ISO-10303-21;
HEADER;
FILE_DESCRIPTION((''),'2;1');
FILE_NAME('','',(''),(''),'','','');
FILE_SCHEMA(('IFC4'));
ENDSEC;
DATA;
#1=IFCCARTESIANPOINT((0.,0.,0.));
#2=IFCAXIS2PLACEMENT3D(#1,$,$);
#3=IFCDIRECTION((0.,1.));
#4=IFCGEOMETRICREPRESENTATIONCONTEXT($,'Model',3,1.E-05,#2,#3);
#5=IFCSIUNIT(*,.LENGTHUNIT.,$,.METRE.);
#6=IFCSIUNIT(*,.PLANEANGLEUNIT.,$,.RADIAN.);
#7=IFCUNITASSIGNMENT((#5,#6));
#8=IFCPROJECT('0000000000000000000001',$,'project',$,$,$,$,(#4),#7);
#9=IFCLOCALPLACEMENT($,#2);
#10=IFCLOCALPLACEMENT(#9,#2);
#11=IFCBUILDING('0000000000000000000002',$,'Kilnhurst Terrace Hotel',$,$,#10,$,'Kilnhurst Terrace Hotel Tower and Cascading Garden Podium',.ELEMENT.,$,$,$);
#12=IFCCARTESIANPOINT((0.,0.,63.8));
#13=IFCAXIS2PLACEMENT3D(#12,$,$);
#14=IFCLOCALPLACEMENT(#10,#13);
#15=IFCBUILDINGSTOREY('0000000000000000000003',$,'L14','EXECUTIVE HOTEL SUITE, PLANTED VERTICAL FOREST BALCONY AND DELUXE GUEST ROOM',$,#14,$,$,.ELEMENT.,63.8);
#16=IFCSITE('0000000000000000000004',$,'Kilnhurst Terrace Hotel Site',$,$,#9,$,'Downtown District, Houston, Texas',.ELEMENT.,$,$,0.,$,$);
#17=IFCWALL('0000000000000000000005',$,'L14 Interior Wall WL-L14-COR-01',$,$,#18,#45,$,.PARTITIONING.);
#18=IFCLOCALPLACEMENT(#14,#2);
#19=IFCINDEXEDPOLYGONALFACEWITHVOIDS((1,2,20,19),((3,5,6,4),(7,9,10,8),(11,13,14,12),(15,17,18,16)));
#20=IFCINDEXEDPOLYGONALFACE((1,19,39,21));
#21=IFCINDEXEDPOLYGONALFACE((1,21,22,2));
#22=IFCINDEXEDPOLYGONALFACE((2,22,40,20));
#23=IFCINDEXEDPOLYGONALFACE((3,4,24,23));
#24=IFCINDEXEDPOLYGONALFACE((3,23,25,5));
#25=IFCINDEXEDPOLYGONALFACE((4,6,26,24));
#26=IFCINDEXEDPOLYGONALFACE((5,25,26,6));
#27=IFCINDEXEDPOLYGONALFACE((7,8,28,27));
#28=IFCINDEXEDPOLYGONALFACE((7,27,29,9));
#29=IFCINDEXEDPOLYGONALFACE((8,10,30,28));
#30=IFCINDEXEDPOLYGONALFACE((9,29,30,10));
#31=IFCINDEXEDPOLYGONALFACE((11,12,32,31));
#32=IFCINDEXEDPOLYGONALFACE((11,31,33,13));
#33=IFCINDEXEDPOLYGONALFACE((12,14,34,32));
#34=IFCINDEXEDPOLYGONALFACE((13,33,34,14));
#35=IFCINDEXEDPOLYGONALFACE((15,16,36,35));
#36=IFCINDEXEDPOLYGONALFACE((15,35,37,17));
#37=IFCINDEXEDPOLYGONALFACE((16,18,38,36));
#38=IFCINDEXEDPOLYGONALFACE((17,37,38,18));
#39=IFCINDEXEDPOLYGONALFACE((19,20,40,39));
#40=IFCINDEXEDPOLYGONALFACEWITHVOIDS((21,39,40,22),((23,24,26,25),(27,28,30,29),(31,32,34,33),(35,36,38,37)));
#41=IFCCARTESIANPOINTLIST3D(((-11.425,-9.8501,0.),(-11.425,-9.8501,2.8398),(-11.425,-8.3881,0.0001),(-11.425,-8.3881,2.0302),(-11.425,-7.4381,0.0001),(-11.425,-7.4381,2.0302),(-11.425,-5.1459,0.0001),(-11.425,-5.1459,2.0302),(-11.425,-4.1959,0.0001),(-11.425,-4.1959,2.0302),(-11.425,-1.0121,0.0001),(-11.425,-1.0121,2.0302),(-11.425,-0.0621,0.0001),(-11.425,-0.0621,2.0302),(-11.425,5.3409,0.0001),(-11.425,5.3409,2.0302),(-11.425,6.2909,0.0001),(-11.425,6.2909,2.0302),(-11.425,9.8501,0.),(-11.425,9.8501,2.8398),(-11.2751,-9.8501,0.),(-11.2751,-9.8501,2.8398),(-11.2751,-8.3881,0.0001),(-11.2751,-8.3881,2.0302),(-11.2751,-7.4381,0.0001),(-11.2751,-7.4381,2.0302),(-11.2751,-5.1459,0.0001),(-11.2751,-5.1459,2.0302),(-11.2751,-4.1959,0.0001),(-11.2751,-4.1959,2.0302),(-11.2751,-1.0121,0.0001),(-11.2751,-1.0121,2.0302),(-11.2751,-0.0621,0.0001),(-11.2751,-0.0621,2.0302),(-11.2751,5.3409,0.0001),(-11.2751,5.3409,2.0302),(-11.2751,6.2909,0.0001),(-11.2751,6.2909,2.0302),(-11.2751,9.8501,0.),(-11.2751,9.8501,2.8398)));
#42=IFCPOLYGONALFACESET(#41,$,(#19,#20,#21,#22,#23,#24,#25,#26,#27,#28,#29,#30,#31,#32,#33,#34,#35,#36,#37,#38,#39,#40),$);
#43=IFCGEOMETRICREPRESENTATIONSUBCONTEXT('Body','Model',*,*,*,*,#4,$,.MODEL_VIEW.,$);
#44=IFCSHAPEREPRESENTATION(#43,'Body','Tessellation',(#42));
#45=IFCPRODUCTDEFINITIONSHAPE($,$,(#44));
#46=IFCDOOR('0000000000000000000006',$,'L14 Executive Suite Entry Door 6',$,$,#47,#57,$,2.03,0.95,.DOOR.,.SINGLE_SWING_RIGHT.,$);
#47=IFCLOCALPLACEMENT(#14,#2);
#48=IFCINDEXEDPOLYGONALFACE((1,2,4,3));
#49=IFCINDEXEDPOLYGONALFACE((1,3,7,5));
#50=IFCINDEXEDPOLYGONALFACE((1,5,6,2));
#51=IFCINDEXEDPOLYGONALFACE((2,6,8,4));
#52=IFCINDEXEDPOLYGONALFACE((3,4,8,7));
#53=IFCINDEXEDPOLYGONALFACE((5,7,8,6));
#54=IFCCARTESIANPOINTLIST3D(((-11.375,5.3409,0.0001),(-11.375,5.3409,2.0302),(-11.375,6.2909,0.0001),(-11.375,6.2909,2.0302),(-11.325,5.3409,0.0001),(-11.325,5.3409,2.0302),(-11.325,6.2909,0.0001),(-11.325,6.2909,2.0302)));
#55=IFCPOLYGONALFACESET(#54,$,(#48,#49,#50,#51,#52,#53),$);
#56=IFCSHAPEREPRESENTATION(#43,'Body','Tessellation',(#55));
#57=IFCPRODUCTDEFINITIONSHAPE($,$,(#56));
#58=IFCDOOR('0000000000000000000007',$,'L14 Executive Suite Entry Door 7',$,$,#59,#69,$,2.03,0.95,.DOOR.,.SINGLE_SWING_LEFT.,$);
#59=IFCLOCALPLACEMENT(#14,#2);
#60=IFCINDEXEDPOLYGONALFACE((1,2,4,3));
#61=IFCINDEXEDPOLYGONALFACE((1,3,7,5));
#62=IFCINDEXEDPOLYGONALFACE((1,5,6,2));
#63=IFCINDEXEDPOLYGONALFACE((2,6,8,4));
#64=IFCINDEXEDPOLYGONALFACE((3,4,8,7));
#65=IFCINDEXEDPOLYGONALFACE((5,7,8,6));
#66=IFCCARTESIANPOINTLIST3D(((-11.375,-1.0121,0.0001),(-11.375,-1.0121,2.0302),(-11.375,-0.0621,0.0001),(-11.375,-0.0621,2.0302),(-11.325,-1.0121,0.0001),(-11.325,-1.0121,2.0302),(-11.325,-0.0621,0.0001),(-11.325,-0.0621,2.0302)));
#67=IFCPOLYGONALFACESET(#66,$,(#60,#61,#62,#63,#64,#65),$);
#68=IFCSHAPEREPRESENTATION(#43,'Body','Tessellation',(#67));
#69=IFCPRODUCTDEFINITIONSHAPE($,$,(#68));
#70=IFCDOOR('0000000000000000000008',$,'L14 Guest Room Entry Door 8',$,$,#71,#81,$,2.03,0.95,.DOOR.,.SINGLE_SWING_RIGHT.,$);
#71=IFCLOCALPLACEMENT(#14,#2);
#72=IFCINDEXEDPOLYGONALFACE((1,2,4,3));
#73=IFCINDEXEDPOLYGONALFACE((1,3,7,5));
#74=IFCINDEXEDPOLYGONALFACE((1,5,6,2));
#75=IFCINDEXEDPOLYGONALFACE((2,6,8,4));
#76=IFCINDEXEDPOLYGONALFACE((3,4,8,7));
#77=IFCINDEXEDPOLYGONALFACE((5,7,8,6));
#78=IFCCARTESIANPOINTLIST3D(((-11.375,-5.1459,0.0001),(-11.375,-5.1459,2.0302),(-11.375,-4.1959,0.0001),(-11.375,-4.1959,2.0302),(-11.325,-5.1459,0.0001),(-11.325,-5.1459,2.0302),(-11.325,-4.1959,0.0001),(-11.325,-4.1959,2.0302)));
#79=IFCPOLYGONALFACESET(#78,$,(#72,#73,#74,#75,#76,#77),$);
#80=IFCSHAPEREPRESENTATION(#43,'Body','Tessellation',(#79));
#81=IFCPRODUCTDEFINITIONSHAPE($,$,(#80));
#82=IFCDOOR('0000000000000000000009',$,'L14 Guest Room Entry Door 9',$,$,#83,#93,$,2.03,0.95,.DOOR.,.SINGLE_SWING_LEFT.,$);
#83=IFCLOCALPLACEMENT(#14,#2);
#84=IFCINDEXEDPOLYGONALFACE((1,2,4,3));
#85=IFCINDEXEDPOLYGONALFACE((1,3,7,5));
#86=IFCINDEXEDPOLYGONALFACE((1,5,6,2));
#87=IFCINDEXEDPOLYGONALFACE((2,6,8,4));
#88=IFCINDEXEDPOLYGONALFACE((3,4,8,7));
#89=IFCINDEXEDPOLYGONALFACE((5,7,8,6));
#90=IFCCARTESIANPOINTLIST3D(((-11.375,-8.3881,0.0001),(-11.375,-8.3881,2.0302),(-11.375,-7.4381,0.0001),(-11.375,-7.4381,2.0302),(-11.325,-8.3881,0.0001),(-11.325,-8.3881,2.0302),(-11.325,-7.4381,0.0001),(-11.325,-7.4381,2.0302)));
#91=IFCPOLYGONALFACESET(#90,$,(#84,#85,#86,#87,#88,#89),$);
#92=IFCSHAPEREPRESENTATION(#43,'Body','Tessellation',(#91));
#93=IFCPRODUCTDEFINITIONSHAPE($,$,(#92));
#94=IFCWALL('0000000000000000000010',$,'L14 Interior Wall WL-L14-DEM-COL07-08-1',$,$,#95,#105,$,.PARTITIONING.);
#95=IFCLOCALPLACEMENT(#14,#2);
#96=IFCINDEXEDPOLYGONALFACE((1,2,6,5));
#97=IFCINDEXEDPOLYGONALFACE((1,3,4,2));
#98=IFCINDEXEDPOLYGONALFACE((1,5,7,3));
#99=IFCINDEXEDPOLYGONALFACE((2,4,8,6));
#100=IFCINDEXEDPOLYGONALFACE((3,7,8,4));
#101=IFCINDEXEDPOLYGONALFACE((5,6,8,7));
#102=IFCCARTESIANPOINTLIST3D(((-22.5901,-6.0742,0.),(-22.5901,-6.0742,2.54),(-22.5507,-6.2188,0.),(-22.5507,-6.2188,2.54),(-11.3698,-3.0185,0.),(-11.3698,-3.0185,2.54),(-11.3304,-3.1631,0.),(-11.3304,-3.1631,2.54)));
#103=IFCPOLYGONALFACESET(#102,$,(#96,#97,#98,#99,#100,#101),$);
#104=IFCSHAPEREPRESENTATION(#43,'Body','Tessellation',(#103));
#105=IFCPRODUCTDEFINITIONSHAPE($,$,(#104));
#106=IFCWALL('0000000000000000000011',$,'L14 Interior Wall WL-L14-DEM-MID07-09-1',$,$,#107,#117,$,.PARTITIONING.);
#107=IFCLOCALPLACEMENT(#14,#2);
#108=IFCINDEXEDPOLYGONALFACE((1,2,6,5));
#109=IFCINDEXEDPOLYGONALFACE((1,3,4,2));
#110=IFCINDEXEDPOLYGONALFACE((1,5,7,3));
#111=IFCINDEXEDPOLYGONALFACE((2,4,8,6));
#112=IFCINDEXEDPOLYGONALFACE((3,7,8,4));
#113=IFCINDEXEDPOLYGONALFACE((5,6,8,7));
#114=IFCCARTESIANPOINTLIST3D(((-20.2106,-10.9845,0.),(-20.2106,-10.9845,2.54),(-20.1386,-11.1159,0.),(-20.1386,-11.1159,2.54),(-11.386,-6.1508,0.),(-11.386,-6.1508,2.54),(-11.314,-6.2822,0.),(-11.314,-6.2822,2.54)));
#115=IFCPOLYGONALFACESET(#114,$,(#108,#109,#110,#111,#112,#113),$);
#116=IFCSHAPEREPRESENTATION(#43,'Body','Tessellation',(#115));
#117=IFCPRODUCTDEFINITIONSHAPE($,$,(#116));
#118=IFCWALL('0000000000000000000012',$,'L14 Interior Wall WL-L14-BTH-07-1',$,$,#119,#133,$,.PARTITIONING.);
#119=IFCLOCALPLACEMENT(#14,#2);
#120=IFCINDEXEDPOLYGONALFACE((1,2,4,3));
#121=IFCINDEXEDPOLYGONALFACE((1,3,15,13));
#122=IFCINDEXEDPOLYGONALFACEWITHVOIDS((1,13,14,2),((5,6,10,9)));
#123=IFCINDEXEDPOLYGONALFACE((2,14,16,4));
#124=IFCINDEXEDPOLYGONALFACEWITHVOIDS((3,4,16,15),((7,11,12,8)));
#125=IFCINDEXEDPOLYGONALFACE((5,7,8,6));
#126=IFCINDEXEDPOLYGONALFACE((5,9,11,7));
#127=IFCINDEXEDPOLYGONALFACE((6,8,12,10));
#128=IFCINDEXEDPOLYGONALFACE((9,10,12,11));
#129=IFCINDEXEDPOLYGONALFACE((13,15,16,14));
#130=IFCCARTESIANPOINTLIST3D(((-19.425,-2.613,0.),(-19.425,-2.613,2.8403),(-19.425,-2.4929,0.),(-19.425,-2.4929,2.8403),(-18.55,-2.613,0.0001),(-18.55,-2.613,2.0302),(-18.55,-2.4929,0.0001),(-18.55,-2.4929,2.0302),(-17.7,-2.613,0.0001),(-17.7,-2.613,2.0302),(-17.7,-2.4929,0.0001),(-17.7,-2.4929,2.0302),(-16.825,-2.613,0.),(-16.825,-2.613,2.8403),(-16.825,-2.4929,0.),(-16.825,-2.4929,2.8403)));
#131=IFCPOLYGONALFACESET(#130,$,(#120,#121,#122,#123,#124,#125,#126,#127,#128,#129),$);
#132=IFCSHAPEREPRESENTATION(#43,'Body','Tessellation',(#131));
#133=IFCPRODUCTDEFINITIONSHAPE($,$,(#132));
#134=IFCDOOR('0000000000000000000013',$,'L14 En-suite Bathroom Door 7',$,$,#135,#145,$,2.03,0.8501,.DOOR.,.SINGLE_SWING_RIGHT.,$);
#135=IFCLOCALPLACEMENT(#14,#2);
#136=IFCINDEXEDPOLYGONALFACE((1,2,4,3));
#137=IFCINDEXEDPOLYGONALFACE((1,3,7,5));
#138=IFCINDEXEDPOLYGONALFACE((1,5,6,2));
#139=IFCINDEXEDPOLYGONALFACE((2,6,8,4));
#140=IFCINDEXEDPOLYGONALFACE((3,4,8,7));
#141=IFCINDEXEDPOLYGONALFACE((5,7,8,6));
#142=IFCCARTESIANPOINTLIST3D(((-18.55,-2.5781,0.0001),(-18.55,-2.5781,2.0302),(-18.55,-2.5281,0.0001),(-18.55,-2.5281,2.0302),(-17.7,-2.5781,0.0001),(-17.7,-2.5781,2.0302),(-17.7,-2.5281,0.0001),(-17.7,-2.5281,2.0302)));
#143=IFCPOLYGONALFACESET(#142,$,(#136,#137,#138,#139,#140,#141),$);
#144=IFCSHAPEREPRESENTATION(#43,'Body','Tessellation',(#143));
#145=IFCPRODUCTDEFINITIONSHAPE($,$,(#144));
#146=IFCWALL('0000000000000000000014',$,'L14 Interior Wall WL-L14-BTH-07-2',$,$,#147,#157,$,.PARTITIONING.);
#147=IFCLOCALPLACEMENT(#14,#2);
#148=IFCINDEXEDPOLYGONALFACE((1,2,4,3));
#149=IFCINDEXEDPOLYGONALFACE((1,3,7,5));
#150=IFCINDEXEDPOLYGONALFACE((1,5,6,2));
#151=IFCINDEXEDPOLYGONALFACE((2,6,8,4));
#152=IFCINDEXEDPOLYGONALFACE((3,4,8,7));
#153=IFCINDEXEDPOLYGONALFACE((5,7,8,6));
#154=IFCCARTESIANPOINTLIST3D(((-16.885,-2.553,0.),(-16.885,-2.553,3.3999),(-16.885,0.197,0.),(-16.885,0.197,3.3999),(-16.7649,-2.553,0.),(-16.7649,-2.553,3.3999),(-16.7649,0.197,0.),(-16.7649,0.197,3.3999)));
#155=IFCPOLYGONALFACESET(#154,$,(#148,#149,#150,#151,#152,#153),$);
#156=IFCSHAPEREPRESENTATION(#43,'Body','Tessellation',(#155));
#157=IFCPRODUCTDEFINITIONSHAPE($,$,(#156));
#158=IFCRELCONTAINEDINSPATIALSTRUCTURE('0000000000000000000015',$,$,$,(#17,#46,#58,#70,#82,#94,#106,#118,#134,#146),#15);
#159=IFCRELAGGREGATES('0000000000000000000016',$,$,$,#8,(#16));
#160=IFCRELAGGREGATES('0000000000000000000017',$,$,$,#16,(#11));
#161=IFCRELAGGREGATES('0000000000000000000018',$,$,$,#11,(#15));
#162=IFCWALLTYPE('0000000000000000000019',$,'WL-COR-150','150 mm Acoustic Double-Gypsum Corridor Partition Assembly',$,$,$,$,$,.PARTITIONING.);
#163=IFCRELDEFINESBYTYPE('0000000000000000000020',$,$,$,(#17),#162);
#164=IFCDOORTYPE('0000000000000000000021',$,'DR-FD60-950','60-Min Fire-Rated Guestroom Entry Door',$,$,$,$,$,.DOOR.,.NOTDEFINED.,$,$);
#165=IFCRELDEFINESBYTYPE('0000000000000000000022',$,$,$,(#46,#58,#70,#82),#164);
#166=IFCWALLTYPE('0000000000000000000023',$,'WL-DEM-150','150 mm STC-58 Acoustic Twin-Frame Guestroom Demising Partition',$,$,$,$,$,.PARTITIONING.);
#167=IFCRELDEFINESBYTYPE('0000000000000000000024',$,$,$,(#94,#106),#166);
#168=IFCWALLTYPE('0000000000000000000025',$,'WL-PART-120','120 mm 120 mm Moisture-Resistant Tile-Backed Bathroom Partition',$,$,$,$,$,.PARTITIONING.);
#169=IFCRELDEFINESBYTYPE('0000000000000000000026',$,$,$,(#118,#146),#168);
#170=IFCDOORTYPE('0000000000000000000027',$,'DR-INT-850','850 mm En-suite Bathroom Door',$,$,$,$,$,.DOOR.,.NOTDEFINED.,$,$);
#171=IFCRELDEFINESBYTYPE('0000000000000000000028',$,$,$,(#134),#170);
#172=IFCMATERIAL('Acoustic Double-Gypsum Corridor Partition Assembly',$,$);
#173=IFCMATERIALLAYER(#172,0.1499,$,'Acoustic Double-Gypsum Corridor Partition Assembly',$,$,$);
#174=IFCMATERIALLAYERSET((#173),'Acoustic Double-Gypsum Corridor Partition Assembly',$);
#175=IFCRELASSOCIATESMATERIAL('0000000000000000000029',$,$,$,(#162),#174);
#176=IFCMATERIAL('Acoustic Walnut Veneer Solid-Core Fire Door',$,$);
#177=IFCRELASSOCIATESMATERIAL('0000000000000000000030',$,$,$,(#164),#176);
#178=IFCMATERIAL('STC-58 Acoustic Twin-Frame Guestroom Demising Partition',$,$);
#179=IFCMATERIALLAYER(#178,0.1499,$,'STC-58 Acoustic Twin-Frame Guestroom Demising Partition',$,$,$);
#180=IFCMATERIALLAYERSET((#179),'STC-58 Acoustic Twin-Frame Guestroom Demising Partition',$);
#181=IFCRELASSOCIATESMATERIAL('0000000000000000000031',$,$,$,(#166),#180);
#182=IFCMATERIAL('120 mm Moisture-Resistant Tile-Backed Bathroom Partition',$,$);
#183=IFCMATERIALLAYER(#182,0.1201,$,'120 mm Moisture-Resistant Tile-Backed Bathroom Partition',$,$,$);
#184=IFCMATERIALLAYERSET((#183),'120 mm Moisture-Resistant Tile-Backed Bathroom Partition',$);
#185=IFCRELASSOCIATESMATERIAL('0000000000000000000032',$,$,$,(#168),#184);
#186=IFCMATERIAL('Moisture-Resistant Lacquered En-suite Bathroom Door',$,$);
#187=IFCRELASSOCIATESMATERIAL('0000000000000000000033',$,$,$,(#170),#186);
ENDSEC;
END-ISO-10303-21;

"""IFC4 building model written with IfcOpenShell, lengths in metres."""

from ifc_helpers import new_model, si_unit, direction, frame, frame_2d, origin, place, context, subcontext, project, spatial, rectangle, extrude, material, layer, layer_set, type_object, element, fill, save


model = new_model("IFC4")

# Units and contexts
model_context = context("Model", 3, precision=1e-05, world=origin(), true_north=direction((0.0, 1.0)))
body_context = subcontext(model_context, "Body", "Model", "MODEL_VIEW")
ifc_project = project(units=[si_unit("LENGTHUNIT", "METRE"), si_unit("PLANEANGLEUNIT", "RADIAN")], contexts=[model_context])

# Site, building, storey
site_placement = place(None, origin())
site = spatial("IfcSite", under=ifc_project, at=site_placement, Name="Kilnhurst Terrace Hotel Site", LongName="Downtown District, Houston, Texas", CompositionType="ELEMENT", RefElevation=0.0)
building_placement = place(site_placement, origin())
building = spatial("IfcBuilding", under=site, at=building_placement, Name="Kilnhurst Terrace Hotel", LongName="Kilnhurst Terrace Hotel Tower and Cascading Garden Podium", CompositionType="ELEMENT")
storey_placement = place(building_placement, frame((0.0, 0.0, 63.8)))
storey = spatial("IfcBuildingStorey", under=building, at=storey_placement, Name="L14", Description="EXECUTIVE HOTEL SUITE, PLANTED VERTICAL FOREST BALCONY AND DELUXE GUEST ROOM", CompositionType="ELEMENT", Elevation=63.8)

# Wall, openings, doors
ifc_material_1 = material(Name="Acoustic Double-Gypsum Corridor Partition Assembly")
ifc_layer_1 = layer(ifc_material_1, 0.1499, Name="Acoustic Double-Gypsum Corridor Partition Assembly")
ifc_layer_set_1 = layer_set([ifc_layer_1], Name="Acoustic Double-Gypsum Corridor Partition Assembly")
wall_type_1 = type_object("IfcWallType", Name="WL-COR-150", Description="150 mm Acoustic Double-Gypsum Corridor Partition Assembly", PredefinedType="PARTITIONING", material=ifc_layer_set_1)
wall_1_placement = place(storey_placement, frame((-11.3501, -9.8501, 0.0), z_axis=(0.0, 0.0, 1.0), x_axis=(0.0, 1.0, 0.0)))
wall_1 = element("IfcWall", 1, at=wall_1_placement, inside=storey, type_object=wall_type_1, Name="L14 Interior Wall WL-L14-COR-01", PredefinedType="PARTITIONING", context=body_context, shape_type="SweptSolid", body=[
    extrude(rectangle(XDim=19.7002, YDim=0.1499, at=frame_2d((9.8501, 0.0))), origin(), (0.0, 0.0, 1.0), 2.8398),
])
opening_1_placement = place(wall_1_placement, frame((15.1909, 0.0, 0.0)))
opening_1 = element("IfcOpeningElement", 2, at=opening_1_placement, cuts=wall_1, PredefinedType="OPENING", context=body_context, shape_type="SweptSolid", body=[
    extrude(rectangle(XDim=0.95, YDim=2.03, at=frame_2d((0.4751, 1.0151))), frame((0.0, 0.085, 0.0), z_axis=(0.0, -1.0, 0.0), x_axis=(1.0, 0.0, 0.0)), (0.0, 0.0, 1.0), 0.1699),
])
opening_2_placement = place(wall_1_placement, frame((8.8379, 0.0, 0.0)))
opening_2 = element("IfcOpeningElement", 3, at=opening_2_placement, cuts=wall_1, PredefinedType="OPENING", context=body_context, shape_type="SweptSolid", body=[
    extrude(rectangle(XDim=0.95, YDim=2.03, at=frame_2d((0.4751, 1.0151))), frame((0.0, 0.085, 0.0), z_axis=(0.0, -1.0, 0.0), x_axis=(1.0, 0.0, 0.0)), (0.0, 0.0, 1.0), 0.1699),
])
opening_3_placement = place(wall_1_placement, frame((4.7041, 0.0, 0.0)))
opening_3 = element("IfcOpeningElement", 4, at=opening_3_placement, cuts=wall_1, PredefinedType="OPENING", context=body_context, shape_type="SweptSolid", body=[
    extrude(rectangle(XDim=0.95, YDim=2.03, at=frame_2d((0.4751, 1.0151))), frame((0.0, 0.085, 0.0), z_axis=(0.0, -1.0, 0.0), x_axis=(1.0, 0.0, 0.0)), (0.0, 0.0, 1.0), 0.1699),
])
opening_4_placement = place(wall_1_placement, frame((1.4619, 0.0, 0.0)))
opening_4 = element("IfcOpeningElement", 5, at=opening_4_placement, cuts=wall_1, PredefinedType="OPENING", context=body_context, shape_type="SweptSolid", body=[
    extrude(rectangle(XDim=0.95, YDim=2.03, at=frame_2d((0.4751, 1.0151))), frame((0.0, 0.085, 0.0), z_axis=(0.0, -1.0, 0.0), x_axis=(1.0, 0.0, 0.0)), (0.0, 0.0, 1.0), 0.1699),
])
ifc_material_2 = material(Name="Acoustic Walnut Veneer Solid-Core Fire Door")
door_type_1 = type_object("IfcDoorType", Name="DR-FD60-950", Description="60-Min Fire-Rated Guestroom Entry Door", OperationType="NOTDEFINED", PredefinedType="DOOR", material=ifc_material_2)
door_1_placement = place(opening_1_placement, origin())
door_1 = element("IfcDoor", 6, at=door_1_placement, inside=storey, type_object=door_type_1, Name="L14 Executive Suite Entry Door 6", OperationType="SINGLE_SWING_RIGHT", OverallHeight=2.03, OverallWidth=0.95, PredefinedType="DOOR", context=body_context, shape_type="SweptSolid", body=[
    extrude(rectangle(XDim=0.95, YDim=2.03, at=frame_2d((0.4751, 1.0151))), frame((0.0, 0.0249, 0.0), z_axis=(0.0, -1.0, 0.0), x_axis=(1.0, 0.0, 0.0)), (0.0, 0.0, 1.0), 0.05),
])
fill(opening_1, door_1)
door_2_placement = place(opening_2_placement, origin())
door_2 = element("IfcDoor", 7, at=door_2_placement, inside=storey, type_object=door_type_1, Name="L14 Executive Suite Entry Door 7", OperationType="SINGLE_SWING_LEFT", OverallHeight=2.03, OverallWidth=0.95, PredefinedType="DOOR", context=body_context, shape_type="SweptSolid", body=[
    extrude(rectangle(XDim=0.95, YDim=2.03, at=frame_2d((0.4751, 1.0151))), frame((0.0, 0.0249, 0.0), z_axis=(0.0, -1.0, 0.0), x_axis=(1.0, 0.0, 0.0)), (0.0, 0.0, 1.0), 0.05),
])
fill(opening_2, door_2)
door_3_placement = place(opening_3_placement, origin())
door_3 = element("IfcDoor", 8, at=door_3_placement, inside=storey, type_object=door_type_1, Name="L14 Guest Room Entry Door 8", OperationType="SINGLE_SWING_RIGHT", OverallHeight=2.03, OverallWidth=0.95, PredefinedType="DOOR", context=body_context, shape_type="SweptSolid", body=[
    extrude(rectangle(XDim=0.95, YDim=2.03, at=frame_2d((0.4751, 1.0151))), frame((0.0, 0.0249, 0.0), z_axis=(0.0, -1.0, 0.0), x_axis=(1.0, 0.0, 0.0)), (0.0, 0.0, 1.0), 0.05),
])
fill(opening_3, door_3)
door_4_placement = place(opening_4_placement, origin())
door_4 = element("IfcDoor", 9, at=door_4_placement, inside=storey, type_object=door_type_1, Name="L14 Guest Room Entry Door 9", OperationType="SINGLE_SWING_LEFT", OverallHeight=2.03, OverallWidth=0.95, PredefinedType="DOOR", context=body_context, shape_type="SweptSolid", body=[
    extrude(rectangle(XDim=0.95, YDim=2.03, at=frame_2d((0.4751, 1.0151))), frame((0.0, 0.0249, 0.0), z_axis=(0.0, -1.0, 0.0), x_axis=(1.0, 0.0, 0.0)), (0.0, 0.0, 1.0), 0.05),
])
fill(opening_4, door_4)

# Walls
ifc_material_3 = material(Name="STC-58 Acoustic Twin-Frame Guestroom Demising Partition")
ifc_layer_2 = layer(ifc_material_3, 0.1499, Name="STC-58 Acoustic Twin-Frame Guestroom Demising Partition")
ifc_layer_set_2 = layer_set([ifc_layer_2], Name="STC-58 Acoustic Twin-Frame Guestroom Demising Partition")
wall_type_2 = type_object("IfcWallType", Name="WL-DEM-150", Description="150 mm STC-58 Acoustic Twin-Frame Guestroom Demising Partition", PredefinedType="PARTITIONING", material=ifc_layer_set_2)
wall_2_placement = place(storey_placement, frame((-11.3501, -3.0908, 0.0), z_axis=(0.0, 0.0, 1.0), x_axis=(-0.96486, -0.262766, 0.0)))
element("IfcWall", 10, at=wall_2_placement, inside=storey, type_object=wall_type_2, Name="L14 Interior Wall WL-L14-DEM-COL07-08-1", PredefinedType="PARTITIONING", context=body_context, shape_type="SweptSolid", body=[
    extrude(rectangle(XDim=11.6289, YDim=0.1499, at=frame_2d((5.8145, 0.0))), origin(), (0.0, 0.0, 1.0), 2.54),
])
wall_3_placement = place(storey_placement, frame((-11.3501, -6.2166, 0.0), z_axis=(0.0, 0.0, 1.0), x_axis=(-0.877048, -0.480404, 0.0)))
element("IfcWall", 11, at=wall_3_placement, inside=storey, type_object=wall_type_2, Name="L14 Interior Wall WL-L14-DEM-MID07-09-1", PredefinedType="PARTITIONING", context=body_context, shape_type="SweptSolid", body=[
    extrude(rectangle(XDim=10.0618, YDim=0.1499, at=frame_2d((5.0308, 0.0))), origin(), (0.0, 0.0, 1.0), 2.54),
])

# Wall, opening, door
ifc_material_4 = material(Name="120 mm Moisture-Resistant Tile-Backed Bathroom Partition")
ifc_layer_3 = layer(ifc_material_4, 0.1201, Name="120 mm Moisture-Resistant Tile-Backed Bathroom Partition")
ifc_layer_set_3 = layer_set([ifc_layer_3], Name="120 mm Moisture-Resistant Tile-Backed Bathroom Partition")
wall_type_3 = type_object("IfcWallType", Name="WL-PART-120", Description="120 mm 120 mm Moisture-Resistant Tile-Backed Bathroom Partition", PredefinedType="PARTITIONING", material=ifc_layer_set_3)
wall_4_placement = place(storey_placement, frame((-19.425, -2.553, 0.0), z_axis=(0.0, 0.0, 1.0), x_axis=(1.0, 0.0, 0.0)))
wall_4 = element("IfcWall", 12, at=wall_4_placement, inside=storey, type_object=wall_type_3, Name="L14 Interior Wall WL-L14-BTH-07-1", PredefinedType="PARTITIONING", context=body_context, shape_type="SweptSolid", body=[
    extrude(rectangle(XDim=2.6001, YDim=0.1201, at=frame_2d((1.3, 0.0))), origin(), (0.0, 0.0, 1.0), 2.8403),
])
opening_5_placement = place(wall_4_placement, frame((0.875, 0.0, 0.0)))
opening_5 = element("IfcOpeningElement", 13, at=opening_5_placement, cuts=wall_4, PredefinedType="OPENING", context=body_context, shape_type="SweptSolid", body=[
    extrude(rectangle(XDim=0.8501, YDim=2.03, at=frame_2d((0.425, 1.0151))), frame((0.0, 0.0701, 0.0), z_axis=(0.0, -1.0, 0.0), x_axis=(1.0, 0.0, 0.0)), (0.0, 0.0, 1.0), 0.1401),
])
ifc_material_5 = material(Name="Moisture-Resistant Lacquered En-suite Bathroom Door")
door_type_2 = type_object("IfcDoorType", Name="DR-INT-850", Description="850 mm En-suite Bathroom Door", OperationType="NOTDEFINED", PredefinedType="DOOR", material=ifc_material_5)
door_5_placement = place(opening_5_placement, origin())
door_5 = element("IfcDoor", 14, at=door_5_placement, inside=storey, type_object=door_type_2, Name="L14 En-suite Bathroom Door 7", OperationType="SINGLE_SWING_RIGHT", OverallHeight=2.03, OverallWidth=0.8501, PredefinedType="DOOR", context=body_context, shape_type="SweptSolid", body=[
    extrude(rectangle(XDim=0.8501, YDim=2.03, at=frame_2d((0.425, 1.0151))), frame((0.0, 0.0249, 0.0), z_axis=(0.0, -1.0, 0.0), x_axis=(1.0, 0.0, 0.0)), (0.0, 0.0, 1.0), 0.05),
])
fill(opening_5, door_5)

# Wall
wall_5_placement = place(storey_placement, frame((-16.825, -2.553, 0.0), z_axis=(0.0, 0.0, 1.0), x_axis=(0.0, 1.0, 0.0)))
element("IfcWall", 15, at=wall_5_placement, inside=storey, type_object=wall_type_3, Name="L14 Interior Wall WL-L14-BTH-07-2", PredefinedType="PARTITIONING", context=body_context, shape_type="SweptSolid", body=[
    extrude(rectangle(XDim=2.75, YDim=0.1201, at=frame_2d((1.375, 0.0))), origin(), (0.0, 0.0, 1.0), 3.3999),
])

save(model, "model.ifc")
